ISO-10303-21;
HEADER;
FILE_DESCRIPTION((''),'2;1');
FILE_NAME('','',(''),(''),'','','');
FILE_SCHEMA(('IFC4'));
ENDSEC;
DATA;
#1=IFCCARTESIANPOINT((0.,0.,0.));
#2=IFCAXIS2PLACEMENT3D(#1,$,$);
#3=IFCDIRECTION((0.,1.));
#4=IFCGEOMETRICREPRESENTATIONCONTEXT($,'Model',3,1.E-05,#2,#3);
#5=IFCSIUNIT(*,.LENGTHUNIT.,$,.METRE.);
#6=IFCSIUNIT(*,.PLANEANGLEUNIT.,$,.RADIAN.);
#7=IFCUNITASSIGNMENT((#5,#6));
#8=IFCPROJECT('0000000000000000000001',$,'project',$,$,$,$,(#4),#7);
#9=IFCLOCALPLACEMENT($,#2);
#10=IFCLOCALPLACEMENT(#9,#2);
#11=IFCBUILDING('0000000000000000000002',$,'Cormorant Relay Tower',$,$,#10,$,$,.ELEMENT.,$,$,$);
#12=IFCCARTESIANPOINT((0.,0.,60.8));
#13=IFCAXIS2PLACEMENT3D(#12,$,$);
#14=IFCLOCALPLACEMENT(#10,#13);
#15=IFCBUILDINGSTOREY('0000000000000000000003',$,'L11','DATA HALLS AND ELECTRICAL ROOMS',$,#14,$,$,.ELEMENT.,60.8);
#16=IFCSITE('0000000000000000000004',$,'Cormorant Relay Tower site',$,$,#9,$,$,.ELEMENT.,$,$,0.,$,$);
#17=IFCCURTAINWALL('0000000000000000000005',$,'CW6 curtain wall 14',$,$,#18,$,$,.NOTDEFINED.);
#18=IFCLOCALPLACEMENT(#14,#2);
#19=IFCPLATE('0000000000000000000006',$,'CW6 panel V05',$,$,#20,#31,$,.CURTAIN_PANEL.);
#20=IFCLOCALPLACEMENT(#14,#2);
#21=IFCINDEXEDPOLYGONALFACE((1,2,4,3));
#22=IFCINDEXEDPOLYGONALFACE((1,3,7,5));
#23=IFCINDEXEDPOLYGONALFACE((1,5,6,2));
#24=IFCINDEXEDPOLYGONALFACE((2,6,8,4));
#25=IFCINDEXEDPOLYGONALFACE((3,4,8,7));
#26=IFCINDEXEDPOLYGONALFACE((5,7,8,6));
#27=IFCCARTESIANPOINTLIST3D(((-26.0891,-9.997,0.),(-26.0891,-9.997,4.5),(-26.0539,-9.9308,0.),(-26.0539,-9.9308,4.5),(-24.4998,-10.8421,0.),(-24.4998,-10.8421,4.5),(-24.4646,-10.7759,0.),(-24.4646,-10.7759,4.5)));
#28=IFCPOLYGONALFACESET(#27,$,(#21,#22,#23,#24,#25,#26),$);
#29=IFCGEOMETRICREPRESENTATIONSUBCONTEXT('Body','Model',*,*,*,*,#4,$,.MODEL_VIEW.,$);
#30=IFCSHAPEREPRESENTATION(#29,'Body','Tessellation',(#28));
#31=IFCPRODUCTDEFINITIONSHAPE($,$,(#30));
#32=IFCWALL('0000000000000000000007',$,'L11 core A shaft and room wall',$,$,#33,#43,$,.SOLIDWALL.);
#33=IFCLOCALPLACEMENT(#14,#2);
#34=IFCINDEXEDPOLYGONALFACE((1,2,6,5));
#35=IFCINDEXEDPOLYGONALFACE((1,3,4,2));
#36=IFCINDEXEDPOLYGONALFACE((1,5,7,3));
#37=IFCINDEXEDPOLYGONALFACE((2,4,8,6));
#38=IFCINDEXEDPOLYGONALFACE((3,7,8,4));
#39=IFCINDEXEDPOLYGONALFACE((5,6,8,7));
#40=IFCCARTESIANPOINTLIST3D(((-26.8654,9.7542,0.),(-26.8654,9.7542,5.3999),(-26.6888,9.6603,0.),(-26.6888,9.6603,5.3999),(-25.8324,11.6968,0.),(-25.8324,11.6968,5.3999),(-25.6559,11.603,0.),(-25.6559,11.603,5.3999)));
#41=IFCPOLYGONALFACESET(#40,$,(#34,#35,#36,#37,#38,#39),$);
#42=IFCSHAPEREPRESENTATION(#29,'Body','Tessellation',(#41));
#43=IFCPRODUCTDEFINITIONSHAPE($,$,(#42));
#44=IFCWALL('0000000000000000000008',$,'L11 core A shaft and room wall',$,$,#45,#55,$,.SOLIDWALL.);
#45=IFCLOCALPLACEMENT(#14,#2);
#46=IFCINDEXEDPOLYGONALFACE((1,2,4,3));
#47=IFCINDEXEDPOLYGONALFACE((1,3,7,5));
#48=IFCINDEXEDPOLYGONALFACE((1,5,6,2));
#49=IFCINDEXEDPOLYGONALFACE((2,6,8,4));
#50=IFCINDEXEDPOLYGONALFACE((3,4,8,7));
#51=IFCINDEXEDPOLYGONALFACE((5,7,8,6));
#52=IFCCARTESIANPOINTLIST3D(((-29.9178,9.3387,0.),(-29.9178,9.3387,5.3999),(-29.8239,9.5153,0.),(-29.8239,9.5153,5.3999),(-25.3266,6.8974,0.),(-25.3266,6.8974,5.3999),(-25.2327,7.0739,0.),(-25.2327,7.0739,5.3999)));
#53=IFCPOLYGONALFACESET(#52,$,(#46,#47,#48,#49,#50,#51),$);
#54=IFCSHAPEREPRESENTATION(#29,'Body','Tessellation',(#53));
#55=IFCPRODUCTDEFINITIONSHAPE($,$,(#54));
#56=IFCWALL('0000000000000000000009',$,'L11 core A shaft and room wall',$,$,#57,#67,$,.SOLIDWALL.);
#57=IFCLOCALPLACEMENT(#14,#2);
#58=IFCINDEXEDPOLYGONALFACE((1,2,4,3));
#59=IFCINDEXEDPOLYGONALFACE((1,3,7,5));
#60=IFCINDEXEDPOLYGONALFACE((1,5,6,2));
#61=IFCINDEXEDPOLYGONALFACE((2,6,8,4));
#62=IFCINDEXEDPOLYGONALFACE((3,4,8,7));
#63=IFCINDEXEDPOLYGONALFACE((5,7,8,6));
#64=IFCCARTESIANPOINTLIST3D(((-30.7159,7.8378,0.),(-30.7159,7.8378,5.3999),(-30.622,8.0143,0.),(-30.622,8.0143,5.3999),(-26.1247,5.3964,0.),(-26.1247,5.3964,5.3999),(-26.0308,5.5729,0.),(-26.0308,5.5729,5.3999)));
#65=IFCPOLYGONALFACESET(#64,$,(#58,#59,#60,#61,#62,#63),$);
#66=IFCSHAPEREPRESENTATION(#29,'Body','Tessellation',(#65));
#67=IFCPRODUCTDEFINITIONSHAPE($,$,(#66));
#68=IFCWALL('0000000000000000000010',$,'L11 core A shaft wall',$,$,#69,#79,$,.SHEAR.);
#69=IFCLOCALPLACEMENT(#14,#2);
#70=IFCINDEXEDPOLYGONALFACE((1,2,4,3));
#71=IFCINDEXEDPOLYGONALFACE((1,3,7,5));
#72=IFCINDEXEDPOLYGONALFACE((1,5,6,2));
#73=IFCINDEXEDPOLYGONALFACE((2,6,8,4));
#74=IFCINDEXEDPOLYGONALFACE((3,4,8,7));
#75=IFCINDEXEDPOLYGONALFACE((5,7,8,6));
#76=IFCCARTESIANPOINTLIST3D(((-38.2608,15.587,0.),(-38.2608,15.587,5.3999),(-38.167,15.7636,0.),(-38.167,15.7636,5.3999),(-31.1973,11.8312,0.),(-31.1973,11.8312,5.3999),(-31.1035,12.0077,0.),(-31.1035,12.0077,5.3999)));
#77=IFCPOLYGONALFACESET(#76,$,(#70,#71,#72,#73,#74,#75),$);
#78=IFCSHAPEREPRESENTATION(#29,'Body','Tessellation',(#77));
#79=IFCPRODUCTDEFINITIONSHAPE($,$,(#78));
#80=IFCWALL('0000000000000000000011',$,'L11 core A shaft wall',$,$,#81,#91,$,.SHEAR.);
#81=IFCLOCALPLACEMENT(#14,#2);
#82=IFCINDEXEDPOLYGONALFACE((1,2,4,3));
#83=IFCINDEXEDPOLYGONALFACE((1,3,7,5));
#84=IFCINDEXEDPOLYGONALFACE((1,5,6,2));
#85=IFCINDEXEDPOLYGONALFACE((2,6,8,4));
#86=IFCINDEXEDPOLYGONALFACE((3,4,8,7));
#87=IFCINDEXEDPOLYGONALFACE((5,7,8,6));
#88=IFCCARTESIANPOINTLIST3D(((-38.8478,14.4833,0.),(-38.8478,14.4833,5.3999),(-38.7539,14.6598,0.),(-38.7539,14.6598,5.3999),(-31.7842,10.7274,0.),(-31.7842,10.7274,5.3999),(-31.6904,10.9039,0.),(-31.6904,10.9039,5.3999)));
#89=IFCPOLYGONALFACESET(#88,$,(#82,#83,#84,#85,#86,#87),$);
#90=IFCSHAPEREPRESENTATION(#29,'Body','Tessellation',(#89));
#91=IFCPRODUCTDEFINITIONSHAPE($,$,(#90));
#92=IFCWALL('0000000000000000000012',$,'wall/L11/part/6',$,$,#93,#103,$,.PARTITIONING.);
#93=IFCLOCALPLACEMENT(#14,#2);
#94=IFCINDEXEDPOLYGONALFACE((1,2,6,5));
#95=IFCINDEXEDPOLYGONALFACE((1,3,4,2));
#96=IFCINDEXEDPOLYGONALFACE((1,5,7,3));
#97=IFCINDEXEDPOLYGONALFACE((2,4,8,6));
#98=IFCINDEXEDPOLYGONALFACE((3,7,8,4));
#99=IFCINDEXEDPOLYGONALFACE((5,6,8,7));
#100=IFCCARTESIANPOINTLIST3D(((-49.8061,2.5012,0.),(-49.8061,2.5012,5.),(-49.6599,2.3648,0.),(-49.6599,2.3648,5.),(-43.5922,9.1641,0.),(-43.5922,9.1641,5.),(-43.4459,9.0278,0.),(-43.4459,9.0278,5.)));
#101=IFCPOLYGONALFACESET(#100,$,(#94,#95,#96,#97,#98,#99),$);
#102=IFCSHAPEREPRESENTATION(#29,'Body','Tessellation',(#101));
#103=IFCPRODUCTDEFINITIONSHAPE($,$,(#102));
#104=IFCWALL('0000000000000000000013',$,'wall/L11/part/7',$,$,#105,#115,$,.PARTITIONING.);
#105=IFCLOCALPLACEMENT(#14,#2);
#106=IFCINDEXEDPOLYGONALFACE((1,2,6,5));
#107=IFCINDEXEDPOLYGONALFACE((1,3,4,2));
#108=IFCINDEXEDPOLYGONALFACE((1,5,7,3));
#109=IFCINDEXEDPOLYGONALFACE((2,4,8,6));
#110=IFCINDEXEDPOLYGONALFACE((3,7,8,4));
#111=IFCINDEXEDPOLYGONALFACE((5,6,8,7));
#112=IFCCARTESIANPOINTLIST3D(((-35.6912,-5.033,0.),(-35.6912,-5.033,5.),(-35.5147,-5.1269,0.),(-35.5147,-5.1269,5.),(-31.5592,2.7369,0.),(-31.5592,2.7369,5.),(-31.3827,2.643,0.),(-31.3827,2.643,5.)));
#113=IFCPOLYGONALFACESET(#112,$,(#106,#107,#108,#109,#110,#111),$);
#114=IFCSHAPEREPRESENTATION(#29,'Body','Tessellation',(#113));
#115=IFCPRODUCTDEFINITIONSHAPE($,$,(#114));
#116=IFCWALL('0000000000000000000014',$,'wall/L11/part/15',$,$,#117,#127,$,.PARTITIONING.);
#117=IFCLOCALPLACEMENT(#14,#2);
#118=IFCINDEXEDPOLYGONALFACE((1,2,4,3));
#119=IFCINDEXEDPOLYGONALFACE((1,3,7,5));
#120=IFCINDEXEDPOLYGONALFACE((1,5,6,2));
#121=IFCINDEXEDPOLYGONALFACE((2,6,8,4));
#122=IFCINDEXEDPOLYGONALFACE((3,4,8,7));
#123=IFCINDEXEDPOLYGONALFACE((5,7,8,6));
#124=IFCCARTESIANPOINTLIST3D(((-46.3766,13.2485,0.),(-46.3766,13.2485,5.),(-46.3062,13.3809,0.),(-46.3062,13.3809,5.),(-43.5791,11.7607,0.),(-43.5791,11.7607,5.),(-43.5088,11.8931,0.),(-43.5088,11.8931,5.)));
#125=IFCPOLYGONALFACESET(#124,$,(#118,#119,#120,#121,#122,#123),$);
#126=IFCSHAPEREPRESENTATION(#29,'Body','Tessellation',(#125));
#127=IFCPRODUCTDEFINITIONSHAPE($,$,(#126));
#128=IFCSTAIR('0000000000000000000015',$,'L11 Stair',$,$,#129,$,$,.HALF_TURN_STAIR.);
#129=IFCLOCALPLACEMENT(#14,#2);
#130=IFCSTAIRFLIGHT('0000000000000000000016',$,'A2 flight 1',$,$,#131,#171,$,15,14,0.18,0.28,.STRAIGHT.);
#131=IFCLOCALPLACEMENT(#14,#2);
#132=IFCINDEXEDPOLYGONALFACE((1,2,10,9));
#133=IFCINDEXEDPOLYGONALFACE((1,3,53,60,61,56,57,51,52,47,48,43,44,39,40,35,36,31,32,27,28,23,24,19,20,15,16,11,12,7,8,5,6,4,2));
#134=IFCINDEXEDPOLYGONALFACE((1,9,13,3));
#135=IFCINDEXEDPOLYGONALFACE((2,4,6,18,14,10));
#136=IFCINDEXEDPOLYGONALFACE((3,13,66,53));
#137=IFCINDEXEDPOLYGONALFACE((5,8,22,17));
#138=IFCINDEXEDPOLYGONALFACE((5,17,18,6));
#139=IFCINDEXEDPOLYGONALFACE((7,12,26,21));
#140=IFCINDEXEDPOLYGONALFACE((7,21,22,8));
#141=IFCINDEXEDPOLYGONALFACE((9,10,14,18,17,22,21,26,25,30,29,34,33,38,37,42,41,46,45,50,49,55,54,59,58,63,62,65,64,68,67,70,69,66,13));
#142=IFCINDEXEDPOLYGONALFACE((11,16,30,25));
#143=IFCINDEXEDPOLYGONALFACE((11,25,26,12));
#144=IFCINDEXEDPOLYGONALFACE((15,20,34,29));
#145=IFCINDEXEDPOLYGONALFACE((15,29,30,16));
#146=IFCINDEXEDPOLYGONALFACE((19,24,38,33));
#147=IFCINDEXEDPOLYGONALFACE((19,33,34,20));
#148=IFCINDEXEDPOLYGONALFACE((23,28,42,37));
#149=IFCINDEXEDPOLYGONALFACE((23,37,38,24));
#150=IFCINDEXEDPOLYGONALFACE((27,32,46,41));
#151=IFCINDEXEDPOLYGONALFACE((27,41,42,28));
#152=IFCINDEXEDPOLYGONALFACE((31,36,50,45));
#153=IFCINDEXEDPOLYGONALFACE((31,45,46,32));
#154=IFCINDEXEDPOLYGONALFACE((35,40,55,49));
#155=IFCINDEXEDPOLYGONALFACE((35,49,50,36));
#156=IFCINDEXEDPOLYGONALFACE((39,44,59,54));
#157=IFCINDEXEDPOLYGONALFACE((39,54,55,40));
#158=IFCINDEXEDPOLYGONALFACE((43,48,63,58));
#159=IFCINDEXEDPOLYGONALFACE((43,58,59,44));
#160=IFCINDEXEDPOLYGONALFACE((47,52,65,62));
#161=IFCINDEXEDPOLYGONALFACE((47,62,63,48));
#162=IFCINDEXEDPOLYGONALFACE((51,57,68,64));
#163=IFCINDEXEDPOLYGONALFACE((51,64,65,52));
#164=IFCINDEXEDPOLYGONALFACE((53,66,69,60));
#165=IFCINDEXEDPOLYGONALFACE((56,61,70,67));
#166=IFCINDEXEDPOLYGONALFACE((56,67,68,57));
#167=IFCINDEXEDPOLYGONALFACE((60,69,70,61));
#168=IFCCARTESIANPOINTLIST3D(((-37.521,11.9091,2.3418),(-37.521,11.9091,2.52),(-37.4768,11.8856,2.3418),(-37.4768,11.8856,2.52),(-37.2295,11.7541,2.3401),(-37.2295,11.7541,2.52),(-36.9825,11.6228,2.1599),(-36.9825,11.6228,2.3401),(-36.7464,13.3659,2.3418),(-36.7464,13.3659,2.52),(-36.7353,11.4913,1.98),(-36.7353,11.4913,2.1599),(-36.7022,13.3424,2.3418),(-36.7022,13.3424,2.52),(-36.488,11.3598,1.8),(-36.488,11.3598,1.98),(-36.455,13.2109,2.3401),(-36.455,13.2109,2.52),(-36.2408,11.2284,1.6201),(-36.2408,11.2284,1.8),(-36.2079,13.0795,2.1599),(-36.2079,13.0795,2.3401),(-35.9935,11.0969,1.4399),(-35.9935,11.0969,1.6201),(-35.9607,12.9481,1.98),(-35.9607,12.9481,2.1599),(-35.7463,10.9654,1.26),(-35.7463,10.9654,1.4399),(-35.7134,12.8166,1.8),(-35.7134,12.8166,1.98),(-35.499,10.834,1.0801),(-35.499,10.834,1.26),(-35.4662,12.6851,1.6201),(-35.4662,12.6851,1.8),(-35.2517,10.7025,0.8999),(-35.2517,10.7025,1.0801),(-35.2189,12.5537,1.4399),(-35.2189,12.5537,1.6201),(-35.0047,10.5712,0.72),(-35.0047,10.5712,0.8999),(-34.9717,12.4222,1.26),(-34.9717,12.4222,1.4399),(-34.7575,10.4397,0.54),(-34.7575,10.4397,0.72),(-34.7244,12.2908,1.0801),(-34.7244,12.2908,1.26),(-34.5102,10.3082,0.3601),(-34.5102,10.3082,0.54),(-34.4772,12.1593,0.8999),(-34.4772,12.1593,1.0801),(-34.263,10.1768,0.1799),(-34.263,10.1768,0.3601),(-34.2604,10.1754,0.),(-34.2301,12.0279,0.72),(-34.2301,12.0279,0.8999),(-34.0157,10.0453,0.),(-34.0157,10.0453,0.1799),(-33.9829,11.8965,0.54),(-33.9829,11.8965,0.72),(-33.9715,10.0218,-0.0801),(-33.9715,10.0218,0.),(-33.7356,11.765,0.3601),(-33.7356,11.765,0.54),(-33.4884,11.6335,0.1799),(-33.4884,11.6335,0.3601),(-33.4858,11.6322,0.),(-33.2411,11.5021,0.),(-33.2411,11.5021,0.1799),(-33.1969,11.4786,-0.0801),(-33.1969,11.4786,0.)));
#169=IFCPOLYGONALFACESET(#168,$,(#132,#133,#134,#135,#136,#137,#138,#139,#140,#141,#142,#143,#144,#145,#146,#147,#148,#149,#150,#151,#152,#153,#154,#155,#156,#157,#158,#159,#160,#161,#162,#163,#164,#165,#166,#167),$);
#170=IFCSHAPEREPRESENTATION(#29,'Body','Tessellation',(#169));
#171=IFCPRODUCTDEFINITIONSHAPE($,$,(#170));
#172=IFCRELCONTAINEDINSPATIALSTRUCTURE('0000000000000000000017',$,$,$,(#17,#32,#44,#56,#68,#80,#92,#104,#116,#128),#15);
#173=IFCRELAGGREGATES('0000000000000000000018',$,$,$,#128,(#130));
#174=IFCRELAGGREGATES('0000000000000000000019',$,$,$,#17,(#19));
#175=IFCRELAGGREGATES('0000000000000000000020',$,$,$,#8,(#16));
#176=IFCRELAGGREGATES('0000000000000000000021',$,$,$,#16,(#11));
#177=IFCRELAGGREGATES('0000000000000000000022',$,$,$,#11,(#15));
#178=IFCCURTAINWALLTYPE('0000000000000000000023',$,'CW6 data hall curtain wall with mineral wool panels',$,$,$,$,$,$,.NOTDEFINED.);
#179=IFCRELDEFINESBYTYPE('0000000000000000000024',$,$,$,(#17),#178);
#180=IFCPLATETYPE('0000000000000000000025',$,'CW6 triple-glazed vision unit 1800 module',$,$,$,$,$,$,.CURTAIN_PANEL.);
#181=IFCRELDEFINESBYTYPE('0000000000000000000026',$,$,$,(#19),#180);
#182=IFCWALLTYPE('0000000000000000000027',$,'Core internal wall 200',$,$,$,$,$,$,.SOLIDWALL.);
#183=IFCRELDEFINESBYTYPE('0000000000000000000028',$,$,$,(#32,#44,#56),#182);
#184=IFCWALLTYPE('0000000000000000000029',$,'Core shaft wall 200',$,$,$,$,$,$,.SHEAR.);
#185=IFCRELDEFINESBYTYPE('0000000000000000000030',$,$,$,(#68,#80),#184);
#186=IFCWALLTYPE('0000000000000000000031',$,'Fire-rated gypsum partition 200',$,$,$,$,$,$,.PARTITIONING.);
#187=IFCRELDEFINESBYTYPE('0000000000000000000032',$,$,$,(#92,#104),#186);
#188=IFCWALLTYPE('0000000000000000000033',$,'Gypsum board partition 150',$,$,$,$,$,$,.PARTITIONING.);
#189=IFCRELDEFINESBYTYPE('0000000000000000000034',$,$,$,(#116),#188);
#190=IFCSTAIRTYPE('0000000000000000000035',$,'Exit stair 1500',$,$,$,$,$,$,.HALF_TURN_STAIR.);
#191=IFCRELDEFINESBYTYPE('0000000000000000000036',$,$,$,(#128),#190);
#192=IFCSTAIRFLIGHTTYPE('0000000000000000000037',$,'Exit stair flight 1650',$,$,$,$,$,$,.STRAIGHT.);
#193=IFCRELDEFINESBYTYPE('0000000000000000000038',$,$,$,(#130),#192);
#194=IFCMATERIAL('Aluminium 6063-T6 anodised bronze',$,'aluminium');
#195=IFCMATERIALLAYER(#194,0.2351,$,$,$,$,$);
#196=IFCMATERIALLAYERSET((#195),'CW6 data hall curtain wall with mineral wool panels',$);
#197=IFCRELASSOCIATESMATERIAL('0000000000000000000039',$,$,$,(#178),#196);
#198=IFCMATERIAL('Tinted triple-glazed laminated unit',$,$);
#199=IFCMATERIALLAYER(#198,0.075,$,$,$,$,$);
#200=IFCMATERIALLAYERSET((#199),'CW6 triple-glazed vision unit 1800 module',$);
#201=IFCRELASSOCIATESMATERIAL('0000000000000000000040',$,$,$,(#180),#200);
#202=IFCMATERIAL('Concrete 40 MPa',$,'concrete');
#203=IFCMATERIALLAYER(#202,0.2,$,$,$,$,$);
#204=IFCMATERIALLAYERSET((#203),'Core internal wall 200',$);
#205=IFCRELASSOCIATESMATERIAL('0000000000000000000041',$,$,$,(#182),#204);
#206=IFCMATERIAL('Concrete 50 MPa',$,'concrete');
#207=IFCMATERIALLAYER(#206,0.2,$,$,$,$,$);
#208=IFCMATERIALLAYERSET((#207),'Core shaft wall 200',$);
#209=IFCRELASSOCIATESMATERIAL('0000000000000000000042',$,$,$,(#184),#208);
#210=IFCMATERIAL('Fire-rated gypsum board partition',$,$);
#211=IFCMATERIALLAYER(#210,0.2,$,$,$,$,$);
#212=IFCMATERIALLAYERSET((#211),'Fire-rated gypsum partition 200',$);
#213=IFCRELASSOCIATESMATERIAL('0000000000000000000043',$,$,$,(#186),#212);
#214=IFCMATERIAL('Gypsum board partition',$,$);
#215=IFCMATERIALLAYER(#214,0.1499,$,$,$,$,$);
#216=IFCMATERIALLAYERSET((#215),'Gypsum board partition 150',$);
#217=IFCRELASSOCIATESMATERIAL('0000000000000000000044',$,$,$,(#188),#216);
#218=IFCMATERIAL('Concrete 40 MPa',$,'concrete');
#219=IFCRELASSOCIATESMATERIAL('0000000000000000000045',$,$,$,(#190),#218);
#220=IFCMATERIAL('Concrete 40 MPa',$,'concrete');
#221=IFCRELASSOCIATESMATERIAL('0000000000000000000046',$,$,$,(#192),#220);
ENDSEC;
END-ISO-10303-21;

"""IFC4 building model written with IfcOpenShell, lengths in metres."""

from ifc_helpers import new_model, si_unit, direction, frame, frame_2d, origin, origin_2d, place, context, subcontext, project, spatial, polyline, rectangle, outline, extrude, material, layer, layer_set, type_object, element, aggregate, save


model = new_model("IFC4")

# Units and contexts
model_context = context("Model", 3, precision=1e-05, world=origin(), true_north=direction((0.0, 1.0)))
body_context = subcontext(model_context, "Body", "Model", "MODEL_VIEW")
ifc_project = project(units=[si_unit("LENGTHUNIT", "METRE"), si_unit("PLANEANGLEUNIT", "RADIAN")], contexts=[model_context])

# Site, building, storey
site_placement = place(None, origin())
site = spatial("IfcSite", under=ifc_project, at=site_placement, Name="Cormorant Relay Tower site", CompositionType="ELEMENT", RefElevation=0.0)
building_placement = place(site_placement, origin())
building = spatial("IfcBuilding", under=site, at=building_placement, Name="Cormorant Relay Tower", CompositionType="ELEMENT")
storey_placement = place(building_placement, frame((0.0, 0.0, 60.8)))
storey = spatial("IfcBuildingStorey", under=building, at=storey_placement, Name="L11", Description="DATA HALLS AND ELECTRICAL ROOMS", CompositionType="ELEMENT", Elevation=60.8)

# Curtain wall, plate
ifc_material_1 = material(Name="Aluminium 6063-T6 anodised bronze", Category="aluminium")
ifc_layer_1 = layer(ifc_material_1, 0.2351)
ifc_layer_set_1 = layer_set([ifc_layer_1], Name="CW6 data hall curtain wall with mineral wool panels")
curtain_wall_type = type_object("IfcCurtainWallType", Name="CW6 data hall curtain wall with mineral wool panels", PredefinedType="NOTDEFINED", material=ifc_layer_set_1)
curtain_wall_placement = place(storey_placement, origin())
curtain_wall = element("IfcCurtainWall", 1, at=curtain_wall_placement, inside=storey, type_object=curtain_wall_type, Name="CW6 curtain wall 14", PredefinedType="NOTDEFINED")
ifc_material_2 = material(Name="Tinted triple-glazed laminated unit")
ifc_layer_2 = layer(ifc_material_2, 0.075)
ifc_layer_set_2 = layer_set([ifc_layer_2], Name="CW6 triple-glazed vision unit 1800 module")
plate_type = type_object("IfcPlateType", Name="CW6 triple-glazed vision unit 1800 module", PredefinedType="CURTAIN_PANEL", material=ifc_layer_set_2)
plate_1_placement = place(storey_placement, frame((-25.2769, -10.3865, 0.0), z_axis=(0.0, 0.0, 1.0), x_axis=(0.882948, -0.469472, 0.0)))
plate_1 = element("IfcPlate", 2, at=plate_1_placement, type_object=plate_type, Name="CW6 panel V05", PredefinedType="CURTAIN_PANEL", context=body_context, shape_type="SweptSolid", body=[
    extrude(rectangle(XDim=1.8, YDim=0.075, at=origin_2d()), origin(), (0.0, 0.0, 1.0), 4.5),
])

# Walls
ifc_material_3 = material(Name="Concrete 40 MPa", Category="concrete")
ifc_layer_3 = layer(ifc_material_3, 0.2)
ifc_layer_set_3 = layer_set([ifc_layer_3], Name="Core internal wall 200")
wall_type_1 = type_object("IfcWallType", Name="Core internal wall 200", PredefinedType="SOLIDWALL", material=ifc_layer_set_3)
wall_1_placement = place(storey_placement, frame((-25.7441, 11.6499, 0.0), z_axis=(0.0, 0.0, 1.0), x_axis=(-0.469488, -0.882939, 0.0)))
element("IfcWall", 3, at=wall_1_placement, inside=storey, type_object=wall_type_1, Name="L11 core A shaft and room wall", PredefinedType="SOLIDWALL", context=body_context, shape_type="SweptSolid", body=[
    extrude(rectangle(XDim=2.2002, YDim=0.2, at=frame_2d((1.1001, 0.0))), origin(), (0.0, 0.0, 1.0), 5.3999),
])
for number, where, z_axis, x_axis, name in (
    (4, (-25.2795, 6.9856, 0.0), (0.0, 0.0, 1.0), (-0.882935, 0.469496, 0.0), "L11 core A shaft and room wall"),
    (5, (-26.0776, 5.4846, 0.0), (0.0, 0.0, 1.0), (-0.882935, 0.469496, 0.0), "L11 core A shaft and room wall"),
):
    element("IfcWall", number, at=place(storey_placement, frame(where, z_axis=z_axis, x_axis=x_axis)), inside=storey, type_object=wall_type_1, Name=name, PredefinedType="SOLIDWALL", context=body_context, shape_type="SweptSolid", body=[
        extrude(rectangle(XDim=5.2, YDim=0.2, at=frame_2d((2.6001, 0.0))), origin(), (0.0, 0.0, 1.0), 5.3999),
    ])
ifc_material_4 = material(Name="Concrete 50 MPa", Category="concrete")
ifc_layer_4 = layer(ifc_material_4, 0.2)
ifc_layer_set_4 = layer_set([ifc_layer_4], Name="Core shaft wall 200")
wall_type_2 = type_object("IfcWallType", Name="Core shaft wall 200", PredefinedType="SHEAR", material=ifc_layer_set_4)
for number, where, z_axis, x_axis, name in (
    (6, (-31.1504, 11.9194, 0.0), (0.0, 0.0, 1.0), (-0.88294, 0.469485, 0.0), "L11 core A shaft wall"),
    (7, (-31.7373, 10.8157, 0.0), (0.0, 0.0, 1.0), (-0.88294, 0.469485, 0.0), "L11 core A shaft wall"),
):
    element("IfcWall", number, at=place(storey_placement, frame(where, z_axis=z_axis, x_axis=x_axis)), inside=storey, type_object=wall_type_2, Name=name, PredefinedType="SHEAR", context=body_context, shape_type="SweptSolid", body=[
        extrude(rectangle(XDim=8.0, YDim=0.2, at=frame_2d((4.0, 0.0))), origin(), (0.0, 0.0, 1.0), 5.3999),
    ])
ifc_material_5 = material(Name="Fire-rated gypsum board partition")
ifc_layer_5 = layer(ifc_material_5, 0.2)
ifc_layer_set_5 = layer_set([ifc_layer_5], Name="Fire-rated gypsum partition 200")
wall_type_3 = type_object("IfcWallType", Name="Fire-rated gypsum partition 200", PredefinedType="PARTITIONING", material=ifc_layer_set_5)
wall_2_placement = place(storey_placement, frame((-43.519, 9.0959, 0.0), z_axis=(0.0, 0.0, 1.0), x_axis=(-0.682037, -0.731317, 0.0)))
element("IfcWall", 8, at=wall_2_placement, inside=storey, type_object=wall_type_3, Name="wall/L11/part/6", PredefinedType="PARTITIONING", context=body_context, shape_type="SweptSolid", body=[
    extrude(rectangle(XDim=9.1108, YDim=0.2, at=frame_2d((4.5554, 0.0))), origin(), (0.0, 0.0, 1.0), 5.0),
])
wall_3_placement = place(storey_placement, frame((-31.4709, 2.6899, 0.0), z_axis=(0.0, 0.0, 1.0), x_axis=(-0.469532, -0.882915, 0.0)))
element("IfcWall", 9, at=wall_3_placement, inside=storey, type_object=wall_type_3, Name="wall/L11/part/7", PredefinedType="PARTITIONING", context=body_context, shape_type="SweptSolid", body=[
    extrude(rectangle(XDim=8.8003, YDim=0.2, at=frame_2d((4.4001, 0.0))), origin(), (0.0, 0.0, 1.0), 5.0),
])
ifc_material_6 = material(Name="Gypsum board partition")
ifc_layer_6 = layer(ifc_material_6, 0.1499)
ifc_layer_set_6 = layer_set([ifc_layer_6], Name="Gypsum board partition 150")
wall_type_4 = type_object("IfcWallType", Name="Gypsum board partition 150", PredefinedType="PARTITIONING", material=ifc_layer_set_6)
wall_4_placement = place(storey_placement, frame((-43.5439, 11.8269, 0.0), z_axis=(0.0, 0.0, 1.0), x_axis=(-0.882894, 0.469572, 0.0)))
element("IfcWall", 10, at=wall_4_placement, inside=storey, type_object=wall_type_4, Name="wall/L11/part/15", PredefinedType="PARTITIONING", context=body_context, shape_type="SweptSolid", body=[
    extrude(rectangle(XDim=3.1685, YDim=0.1499, at=frame_2d((1.5842, 0.0))), origin(), (0.0, 0.0, 1.0), 5.0),
])

# Stair, stair flight
ifc_material_7 = material(Name="Concrete 40 MPa", Category="concrete")
stair_type = type_object("IfcStairType", Name="Exit stair 1500", PredefinedType="HALF_TURN_STAIR", material=ifc_material_7)
stair_placement = place(storey_placement, origin())
stair = element("IfcStair", 11, at=stair_placement, inside=storey, type_object=stair_type, Name="L11 Stair", PredefinedType="HALF_TURN_STAIR")
ifc_material_8 = material(Name="Concrete 40 MPa", Category="concrete")
stair_flight_type = type_object("IfcStairFlightType", Name="Exit stair flight 1650", PredefinedType="STRAIGHT", material=ifc_material_8)
stair_flight_1_placement = place(storey_placement, frame((-33.6284, 10.7737, 0.0), z_axis=(0.0, 0.0, 1.0), x_axis=(-0.882948, 0.469472, 0.0)))
stair_flight_1 = element("IfcStairFlight", 12, at=stair_flight_1_placement, type_object=stair_flight_type, Name="A2 flight 1", NumberOfRisers=15, NumberOfTreads=14, PredefinedType="STRAIGHT", RiserHeight=0.18, TreadLength=0.28, context=body_context, shape_type="SweptSolid", body=[
    extrude(outline(polyline([(-0.05, -0.0801), (-0.05, 0.0), (0.0, 0.0), (0.0, 0.1799), (0.28, 0.1799), (0.28, 0.3601), (0.5601, 0.3601), (0.5601, 0.54), (0.8401, 0.54), (0.8401, 0.72), (1.1201, 0.72), (1.1201, 0.8999), (1.3999, 0.8999), (1.3999, 1.0801), (1.6799, 1.0801), (1.6799, 1.26), (1.96, 1.26), (1.96, 1.4399), (2.24, 1.4399), (2.24, 1.6201), (2.52, 1.6201), (2.52, 1.8), (2.8, 1.8), (2.8, 1.98), (3.0801, 1.98), (3.0801, 2.1599), (3.3601, 2.1599), (3.3601, 2.3401), (3.6399, 2.3401), (3.6399, 2.52), (3.9199, 2.52), (3.97, 2.52), (3.97, 2.3418), (3.9199, 2.3418), (0.2771, 0.0), (-0.05, -0.0801)])), frame((0.0, 0.825, 0.0), z_axis=(0.0, -1.0, 0.0), x_axis=(1.0, 0.0, 0.0)), (0.0, 0.0, 1.0), 1.6499),
])
aggregate(stair, [stair_flight_1])

aggregate(curtain_wall, [plate_1])

save(model, "model.ifc")
